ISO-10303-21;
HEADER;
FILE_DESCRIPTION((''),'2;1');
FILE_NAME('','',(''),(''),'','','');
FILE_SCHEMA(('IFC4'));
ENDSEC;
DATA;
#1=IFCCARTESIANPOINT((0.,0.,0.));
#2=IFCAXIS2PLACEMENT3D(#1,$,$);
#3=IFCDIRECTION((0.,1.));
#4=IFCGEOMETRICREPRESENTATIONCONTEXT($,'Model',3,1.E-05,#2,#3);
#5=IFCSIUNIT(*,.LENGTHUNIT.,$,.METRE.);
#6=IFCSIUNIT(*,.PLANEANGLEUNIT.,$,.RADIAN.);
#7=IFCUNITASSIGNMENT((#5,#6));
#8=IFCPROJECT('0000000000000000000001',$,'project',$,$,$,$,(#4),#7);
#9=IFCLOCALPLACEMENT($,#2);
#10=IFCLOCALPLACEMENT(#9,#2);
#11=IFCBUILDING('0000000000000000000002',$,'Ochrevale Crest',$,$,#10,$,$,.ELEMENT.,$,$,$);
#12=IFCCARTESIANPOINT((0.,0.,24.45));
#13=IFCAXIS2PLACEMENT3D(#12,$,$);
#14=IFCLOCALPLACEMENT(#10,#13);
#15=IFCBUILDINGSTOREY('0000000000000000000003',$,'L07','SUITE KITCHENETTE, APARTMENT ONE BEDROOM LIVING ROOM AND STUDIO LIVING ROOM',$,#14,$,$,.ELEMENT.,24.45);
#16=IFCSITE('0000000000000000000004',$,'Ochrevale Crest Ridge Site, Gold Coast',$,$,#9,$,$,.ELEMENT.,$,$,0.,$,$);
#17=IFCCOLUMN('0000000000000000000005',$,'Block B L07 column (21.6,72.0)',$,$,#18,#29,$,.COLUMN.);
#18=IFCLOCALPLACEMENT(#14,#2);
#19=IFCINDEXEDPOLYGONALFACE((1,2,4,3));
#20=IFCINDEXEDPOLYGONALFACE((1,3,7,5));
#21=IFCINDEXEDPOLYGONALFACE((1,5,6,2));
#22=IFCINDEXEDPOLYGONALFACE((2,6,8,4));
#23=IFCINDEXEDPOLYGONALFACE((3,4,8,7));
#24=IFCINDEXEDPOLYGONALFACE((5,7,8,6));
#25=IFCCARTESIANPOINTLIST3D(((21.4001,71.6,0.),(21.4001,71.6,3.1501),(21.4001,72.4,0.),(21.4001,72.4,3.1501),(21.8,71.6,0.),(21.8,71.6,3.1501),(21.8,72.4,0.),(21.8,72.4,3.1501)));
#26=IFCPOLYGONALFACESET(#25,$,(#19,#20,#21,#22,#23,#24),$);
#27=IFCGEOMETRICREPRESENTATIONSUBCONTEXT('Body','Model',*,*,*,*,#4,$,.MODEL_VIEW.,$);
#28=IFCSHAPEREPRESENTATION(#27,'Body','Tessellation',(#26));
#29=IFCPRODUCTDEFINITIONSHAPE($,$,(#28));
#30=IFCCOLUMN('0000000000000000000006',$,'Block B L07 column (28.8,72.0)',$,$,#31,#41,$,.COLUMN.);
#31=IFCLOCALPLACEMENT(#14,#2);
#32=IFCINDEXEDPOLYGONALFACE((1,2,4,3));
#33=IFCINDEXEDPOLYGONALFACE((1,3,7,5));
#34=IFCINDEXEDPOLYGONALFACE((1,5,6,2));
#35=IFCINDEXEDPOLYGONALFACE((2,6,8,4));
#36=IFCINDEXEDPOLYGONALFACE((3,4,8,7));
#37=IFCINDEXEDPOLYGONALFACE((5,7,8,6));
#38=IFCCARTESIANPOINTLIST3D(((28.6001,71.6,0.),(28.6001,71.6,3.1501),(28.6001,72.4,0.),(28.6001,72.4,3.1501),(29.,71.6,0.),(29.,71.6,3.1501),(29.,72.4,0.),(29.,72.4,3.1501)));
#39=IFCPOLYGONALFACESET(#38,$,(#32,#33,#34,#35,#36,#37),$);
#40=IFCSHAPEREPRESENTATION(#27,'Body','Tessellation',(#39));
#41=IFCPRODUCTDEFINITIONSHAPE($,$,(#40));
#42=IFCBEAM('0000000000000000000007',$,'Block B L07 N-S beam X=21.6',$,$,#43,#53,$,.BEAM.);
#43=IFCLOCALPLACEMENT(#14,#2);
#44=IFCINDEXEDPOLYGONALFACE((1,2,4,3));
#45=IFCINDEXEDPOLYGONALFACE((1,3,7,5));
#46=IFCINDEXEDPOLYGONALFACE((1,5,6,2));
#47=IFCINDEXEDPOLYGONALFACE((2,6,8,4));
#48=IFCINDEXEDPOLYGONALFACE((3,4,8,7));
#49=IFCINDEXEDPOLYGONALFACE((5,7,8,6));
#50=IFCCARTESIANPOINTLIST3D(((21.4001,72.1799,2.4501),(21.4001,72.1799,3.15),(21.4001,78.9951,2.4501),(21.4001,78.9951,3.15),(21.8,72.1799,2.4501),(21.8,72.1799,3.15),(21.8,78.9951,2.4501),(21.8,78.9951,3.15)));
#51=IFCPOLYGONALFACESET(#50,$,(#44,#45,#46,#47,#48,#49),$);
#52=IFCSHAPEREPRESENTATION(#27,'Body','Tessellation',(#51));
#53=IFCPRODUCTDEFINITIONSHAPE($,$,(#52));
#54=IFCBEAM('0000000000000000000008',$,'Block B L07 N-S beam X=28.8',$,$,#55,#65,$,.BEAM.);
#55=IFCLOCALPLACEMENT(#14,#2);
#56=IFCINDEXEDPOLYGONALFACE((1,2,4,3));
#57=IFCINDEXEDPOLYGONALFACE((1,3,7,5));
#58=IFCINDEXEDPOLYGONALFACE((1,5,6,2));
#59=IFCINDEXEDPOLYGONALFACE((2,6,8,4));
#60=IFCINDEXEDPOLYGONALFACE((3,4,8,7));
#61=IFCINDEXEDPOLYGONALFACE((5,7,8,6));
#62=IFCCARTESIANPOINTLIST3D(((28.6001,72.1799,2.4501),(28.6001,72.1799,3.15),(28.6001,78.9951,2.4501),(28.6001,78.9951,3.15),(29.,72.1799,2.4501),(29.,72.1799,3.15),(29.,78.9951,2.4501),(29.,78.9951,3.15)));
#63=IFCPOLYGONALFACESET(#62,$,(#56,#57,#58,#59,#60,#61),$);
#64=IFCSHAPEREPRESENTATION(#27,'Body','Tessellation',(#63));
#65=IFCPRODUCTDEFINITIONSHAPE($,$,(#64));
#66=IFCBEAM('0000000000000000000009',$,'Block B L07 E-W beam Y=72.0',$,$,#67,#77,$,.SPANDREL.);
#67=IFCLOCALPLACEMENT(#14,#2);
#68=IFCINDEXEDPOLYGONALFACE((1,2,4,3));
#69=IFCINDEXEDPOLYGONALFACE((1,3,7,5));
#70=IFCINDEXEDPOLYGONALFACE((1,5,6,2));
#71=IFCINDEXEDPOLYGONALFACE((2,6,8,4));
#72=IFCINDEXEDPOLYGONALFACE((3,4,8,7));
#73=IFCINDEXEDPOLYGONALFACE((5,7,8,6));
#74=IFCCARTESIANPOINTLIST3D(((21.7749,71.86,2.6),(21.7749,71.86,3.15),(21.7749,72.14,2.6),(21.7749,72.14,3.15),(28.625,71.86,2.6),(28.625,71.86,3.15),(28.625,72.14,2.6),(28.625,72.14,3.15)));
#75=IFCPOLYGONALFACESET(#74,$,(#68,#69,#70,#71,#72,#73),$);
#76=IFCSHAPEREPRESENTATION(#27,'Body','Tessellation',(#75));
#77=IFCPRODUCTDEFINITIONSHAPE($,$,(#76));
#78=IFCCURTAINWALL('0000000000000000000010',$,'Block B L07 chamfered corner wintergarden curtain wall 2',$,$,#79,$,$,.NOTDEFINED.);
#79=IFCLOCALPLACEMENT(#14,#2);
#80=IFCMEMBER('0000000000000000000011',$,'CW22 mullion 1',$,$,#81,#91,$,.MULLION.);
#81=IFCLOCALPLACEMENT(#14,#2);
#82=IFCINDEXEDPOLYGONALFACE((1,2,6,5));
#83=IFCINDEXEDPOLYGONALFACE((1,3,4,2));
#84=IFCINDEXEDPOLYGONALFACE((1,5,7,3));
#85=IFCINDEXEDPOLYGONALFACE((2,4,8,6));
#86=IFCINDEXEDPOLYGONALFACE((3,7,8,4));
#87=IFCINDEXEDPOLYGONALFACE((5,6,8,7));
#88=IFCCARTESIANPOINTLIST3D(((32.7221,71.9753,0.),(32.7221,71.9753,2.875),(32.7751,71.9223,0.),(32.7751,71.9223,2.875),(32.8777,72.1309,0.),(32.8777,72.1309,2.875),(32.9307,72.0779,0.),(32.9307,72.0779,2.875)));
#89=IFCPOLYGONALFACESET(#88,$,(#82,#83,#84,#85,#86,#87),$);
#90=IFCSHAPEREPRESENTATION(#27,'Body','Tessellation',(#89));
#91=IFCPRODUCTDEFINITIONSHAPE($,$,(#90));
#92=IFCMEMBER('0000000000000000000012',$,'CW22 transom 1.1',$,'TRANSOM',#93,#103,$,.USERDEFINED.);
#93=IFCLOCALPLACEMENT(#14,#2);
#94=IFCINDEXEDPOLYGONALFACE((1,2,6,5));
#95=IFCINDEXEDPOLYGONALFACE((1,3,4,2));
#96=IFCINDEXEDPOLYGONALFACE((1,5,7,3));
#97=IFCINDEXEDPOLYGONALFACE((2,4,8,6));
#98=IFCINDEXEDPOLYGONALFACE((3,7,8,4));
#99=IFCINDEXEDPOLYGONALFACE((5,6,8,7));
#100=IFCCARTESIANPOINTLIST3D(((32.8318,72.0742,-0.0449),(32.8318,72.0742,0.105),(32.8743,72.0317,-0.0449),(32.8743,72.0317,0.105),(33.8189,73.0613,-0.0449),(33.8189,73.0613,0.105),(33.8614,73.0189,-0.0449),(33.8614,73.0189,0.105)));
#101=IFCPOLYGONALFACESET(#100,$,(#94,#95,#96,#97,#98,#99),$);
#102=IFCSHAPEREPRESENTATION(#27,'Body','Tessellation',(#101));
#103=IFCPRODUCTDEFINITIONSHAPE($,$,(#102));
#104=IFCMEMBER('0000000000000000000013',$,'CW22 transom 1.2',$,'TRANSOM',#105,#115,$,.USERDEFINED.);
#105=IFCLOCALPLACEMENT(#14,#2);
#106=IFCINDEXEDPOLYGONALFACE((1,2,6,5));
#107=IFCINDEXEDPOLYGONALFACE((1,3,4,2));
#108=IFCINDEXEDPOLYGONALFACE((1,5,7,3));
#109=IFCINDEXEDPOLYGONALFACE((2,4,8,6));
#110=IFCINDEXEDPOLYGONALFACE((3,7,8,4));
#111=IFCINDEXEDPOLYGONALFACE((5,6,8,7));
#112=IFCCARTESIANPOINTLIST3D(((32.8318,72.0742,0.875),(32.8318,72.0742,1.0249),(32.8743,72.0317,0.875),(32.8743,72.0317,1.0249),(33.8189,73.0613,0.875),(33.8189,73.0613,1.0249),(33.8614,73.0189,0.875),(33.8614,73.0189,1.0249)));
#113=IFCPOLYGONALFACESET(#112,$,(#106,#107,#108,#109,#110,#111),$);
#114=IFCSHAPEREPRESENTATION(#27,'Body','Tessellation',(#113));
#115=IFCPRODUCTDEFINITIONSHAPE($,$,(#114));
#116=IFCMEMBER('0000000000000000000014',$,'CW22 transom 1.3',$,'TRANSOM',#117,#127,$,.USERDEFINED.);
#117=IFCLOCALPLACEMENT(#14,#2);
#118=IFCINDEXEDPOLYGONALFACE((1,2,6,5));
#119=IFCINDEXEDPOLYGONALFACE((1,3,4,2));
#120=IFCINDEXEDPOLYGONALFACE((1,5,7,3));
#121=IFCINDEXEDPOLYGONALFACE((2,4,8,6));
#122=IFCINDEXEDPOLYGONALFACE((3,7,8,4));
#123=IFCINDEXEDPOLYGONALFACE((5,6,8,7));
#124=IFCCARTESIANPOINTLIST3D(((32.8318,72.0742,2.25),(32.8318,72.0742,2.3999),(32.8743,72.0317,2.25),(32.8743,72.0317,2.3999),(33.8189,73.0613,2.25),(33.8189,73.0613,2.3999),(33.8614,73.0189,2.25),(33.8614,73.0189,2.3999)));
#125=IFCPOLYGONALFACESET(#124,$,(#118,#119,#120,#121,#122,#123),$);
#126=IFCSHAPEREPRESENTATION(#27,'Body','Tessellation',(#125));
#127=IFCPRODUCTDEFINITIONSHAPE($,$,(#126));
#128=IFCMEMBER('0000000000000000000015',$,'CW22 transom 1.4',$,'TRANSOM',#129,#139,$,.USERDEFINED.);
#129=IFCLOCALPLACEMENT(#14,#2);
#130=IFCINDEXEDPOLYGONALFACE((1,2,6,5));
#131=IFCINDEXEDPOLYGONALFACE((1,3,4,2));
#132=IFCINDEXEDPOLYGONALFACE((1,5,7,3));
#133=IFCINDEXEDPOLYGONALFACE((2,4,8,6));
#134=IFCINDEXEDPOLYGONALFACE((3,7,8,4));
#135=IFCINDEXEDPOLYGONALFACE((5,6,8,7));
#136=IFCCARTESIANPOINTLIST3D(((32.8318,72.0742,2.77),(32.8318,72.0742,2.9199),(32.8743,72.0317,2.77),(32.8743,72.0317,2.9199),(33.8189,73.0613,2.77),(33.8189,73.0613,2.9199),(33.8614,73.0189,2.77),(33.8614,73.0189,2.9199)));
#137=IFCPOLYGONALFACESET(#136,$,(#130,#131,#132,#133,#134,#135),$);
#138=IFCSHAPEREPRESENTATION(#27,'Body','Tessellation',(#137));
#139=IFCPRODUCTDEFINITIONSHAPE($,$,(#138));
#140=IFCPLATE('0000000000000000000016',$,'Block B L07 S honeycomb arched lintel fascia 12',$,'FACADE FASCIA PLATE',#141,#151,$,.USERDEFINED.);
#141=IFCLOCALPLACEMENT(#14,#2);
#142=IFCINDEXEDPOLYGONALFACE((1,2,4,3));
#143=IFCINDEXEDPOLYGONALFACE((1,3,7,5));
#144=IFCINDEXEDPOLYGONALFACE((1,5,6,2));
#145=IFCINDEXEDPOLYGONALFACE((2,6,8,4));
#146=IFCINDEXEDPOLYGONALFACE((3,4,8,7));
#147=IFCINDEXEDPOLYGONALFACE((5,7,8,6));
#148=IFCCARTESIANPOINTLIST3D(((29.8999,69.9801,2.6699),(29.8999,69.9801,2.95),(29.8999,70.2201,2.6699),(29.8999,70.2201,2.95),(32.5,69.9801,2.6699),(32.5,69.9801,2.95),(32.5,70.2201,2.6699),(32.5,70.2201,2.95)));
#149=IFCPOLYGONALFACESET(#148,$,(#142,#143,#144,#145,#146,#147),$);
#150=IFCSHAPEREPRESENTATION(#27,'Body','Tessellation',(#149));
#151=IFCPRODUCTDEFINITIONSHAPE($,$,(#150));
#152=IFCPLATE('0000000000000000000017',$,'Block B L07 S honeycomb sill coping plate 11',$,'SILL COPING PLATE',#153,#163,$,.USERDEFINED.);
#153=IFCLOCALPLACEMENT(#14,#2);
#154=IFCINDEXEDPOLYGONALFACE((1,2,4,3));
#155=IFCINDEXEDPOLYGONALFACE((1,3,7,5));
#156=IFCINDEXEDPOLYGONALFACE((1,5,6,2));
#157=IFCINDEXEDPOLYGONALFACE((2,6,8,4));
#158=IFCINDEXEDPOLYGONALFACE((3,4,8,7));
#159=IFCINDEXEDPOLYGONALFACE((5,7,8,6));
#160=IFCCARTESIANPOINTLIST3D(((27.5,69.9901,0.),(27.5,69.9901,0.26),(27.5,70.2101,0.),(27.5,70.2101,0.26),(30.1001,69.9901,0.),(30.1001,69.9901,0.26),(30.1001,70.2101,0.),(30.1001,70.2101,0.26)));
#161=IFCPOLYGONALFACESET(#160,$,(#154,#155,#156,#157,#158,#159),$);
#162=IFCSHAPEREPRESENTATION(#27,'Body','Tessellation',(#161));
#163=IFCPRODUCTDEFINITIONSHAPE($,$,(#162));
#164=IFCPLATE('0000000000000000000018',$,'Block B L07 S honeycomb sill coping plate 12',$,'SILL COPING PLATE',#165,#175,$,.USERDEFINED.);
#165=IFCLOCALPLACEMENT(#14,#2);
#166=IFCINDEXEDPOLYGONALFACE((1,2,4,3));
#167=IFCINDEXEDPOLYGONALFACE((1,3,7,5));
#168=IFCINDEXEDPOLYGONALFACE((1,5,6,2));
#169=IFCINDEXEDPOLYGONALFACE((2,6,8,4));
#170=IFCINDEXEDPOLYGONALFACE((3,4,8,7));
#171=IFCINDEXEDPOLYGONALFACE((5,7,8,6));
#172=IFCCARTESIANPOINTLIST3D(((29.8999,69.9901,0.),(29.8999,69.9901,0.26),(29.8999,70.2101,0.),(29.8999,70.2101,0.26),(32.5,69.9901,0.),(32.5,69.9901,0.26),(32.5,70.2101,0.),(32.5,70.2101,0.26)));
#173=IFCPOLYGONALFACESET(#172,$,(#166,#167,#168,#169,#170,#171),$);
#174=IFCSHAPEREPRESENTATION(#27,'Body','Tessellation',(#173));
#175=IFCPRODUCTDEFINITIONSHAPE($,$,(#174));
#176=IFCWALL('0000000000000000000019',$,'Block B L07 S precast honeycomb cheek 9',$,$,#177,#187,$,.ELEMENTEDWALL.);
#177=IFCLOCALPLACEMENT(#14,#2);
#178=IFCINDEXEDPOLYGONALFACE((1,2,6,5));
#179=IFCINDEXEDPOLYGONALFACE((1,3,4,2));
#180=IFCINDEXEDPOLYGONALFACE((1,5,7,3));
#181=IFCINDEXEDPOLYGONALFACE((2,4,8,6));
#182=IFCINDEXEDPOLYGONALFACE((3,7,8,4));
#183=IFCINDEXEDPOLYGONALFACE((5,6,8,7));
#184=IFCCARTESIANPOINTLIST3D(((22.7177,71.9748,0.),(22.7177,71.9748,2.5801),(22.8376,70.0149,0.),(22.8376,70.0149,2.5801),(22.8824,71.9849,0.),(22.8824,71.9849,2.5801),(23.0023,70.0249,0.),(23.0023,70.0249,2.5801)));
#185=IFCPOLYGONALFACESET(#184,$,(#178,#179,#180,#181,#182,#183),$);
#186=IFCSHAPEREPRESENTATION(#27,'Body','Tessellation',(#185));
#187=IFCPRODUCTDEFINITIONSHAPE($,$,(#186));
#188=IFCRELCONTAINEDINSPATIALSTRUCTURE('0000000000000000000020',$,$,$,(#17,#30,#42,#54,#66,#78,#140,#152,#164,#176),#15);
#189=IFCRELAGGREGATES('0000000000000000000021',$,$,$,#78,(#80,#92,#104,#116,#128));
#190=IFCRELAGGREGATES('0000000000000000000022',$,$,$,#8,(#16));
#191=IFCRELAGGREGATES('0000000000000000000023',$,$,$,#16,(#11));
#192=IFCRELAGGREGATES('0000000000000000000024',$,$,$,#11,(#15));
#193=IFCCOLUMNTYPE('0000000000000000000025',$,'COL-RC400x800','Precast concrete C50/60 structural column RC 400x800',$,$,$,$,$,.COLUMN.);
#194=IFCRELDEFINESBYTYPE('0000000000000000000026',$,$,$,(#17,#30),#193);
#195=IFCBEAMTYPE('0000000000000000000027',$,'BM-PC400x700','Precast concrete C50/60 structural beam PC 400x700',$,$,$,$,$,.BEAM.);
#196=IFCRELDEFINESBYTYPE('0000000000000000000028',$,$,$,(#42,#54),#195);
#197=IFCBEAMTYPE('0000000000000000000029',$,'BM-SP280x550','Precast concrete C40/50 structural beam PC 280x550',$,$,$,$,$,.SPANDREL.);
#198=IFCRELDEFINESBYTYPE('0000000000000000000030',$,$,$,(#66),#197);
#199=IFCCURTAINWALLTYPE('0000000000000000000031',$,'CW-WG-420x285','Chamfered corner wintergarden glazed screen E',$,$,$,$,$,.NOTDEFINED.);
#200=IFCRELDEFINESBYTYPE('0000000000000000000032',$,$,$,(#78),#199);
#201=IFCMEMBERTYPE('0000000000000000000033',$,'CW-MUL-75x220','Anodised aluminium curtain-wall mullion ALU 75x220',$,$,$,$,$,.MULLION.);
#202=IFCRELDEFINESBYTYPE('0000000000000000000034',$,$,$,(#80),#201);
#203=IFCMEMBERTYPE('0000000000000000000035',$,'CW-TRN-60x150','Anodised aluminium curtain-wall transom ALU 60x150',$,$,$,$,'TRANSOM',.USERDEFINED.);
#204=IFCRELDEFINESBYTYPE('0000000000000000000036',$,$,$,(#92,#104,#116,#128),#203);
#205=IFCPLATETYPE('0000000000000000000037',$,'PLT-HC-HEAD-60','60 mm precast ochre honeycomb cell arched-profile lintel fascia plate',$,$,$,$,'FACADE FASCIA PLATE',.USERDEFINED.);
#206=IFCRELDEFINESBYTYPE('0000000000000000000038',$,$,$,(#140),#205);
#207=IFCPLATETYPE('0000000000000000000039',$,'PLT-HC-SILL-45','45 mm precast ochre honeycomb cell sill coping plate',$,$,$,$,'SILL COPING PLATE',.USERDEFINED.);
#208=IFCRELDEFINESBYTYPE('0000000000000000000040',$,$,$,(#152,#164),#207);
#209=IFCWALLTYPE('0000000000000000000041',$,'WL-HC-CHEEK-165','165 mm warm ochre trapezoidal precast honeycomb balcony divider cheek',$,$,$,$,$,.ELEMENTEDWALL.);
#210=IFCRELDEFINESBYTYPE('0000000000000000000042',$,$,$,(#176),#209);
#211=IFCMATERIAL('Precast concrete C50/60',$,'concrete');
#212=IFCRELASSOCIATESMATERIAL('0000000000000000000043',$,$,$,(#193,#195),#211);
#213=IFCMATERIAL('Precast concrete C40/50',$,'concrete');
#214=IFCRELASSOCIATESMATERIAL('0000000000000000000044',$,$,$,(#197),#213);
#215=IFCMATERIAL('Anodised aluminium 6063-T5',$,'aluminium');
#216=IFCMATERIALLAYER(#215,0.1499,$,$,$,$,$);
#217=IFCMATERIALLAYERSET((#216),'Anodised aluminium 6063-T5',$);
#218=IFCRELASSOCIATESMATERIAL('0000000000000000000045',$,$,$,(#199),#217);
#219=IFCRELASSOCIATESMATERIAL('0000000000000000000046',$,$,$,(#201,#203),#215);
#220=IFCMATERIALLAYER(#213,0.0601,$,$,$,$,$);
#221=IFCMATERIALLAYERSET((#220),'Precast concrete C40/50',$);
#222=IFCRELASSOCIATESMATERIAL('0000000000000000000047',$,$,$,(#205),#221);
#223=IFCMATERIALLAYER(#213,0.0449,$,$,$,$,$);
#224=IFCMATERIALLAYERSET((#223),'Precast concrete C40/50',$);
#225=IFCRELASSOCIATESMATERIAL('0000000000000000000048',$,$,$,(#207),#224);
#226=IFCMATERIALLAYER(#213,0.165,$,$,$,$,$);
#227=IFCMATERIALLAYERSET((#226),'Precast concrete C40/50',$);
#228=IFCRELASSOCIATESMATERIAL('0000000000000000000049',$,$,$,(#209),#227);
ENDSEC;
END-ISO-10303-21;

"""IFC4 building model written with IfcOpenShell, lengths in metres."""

from ifc_helpers import new_model, si_unit, direction, frame, frame_2d, origin, origin_2d, place, context, subcontext, project, spatial, rectangle, extrude, material, layer, layer_set, material_profile, profile_set, type_object, element, aggregate, save


model = new_model("IFC4")

# Units and contexts
model_context = context("Model", 3, precision=1e-05, world=origin(), true_north=direction((0.0, 1.0)))
body_context = subcontext(model_context, "Body", "Model", "MODEL_VIEW")
ifc_project = project(units=[si_unit("LENGTHUNIT", "METRE"), si_unit("PLANEANGLEUNIT", "RADIAN")], contexts=[model_context])

# Site, building, storey
site_placement = place(None, origin())
site = spatial("IfcSite", under=ifc_project, at=site_placement, Name="Ochrevale Crest Ridge Site, Gold Coast", CompositionType="ELEMENT", RefElevation=0.0)
building_placement = place(site_placement, origin())
building = spatial("IfcBuilding", under=site, at=building_placement, Name="Ochrevale Crest", CompositionType="ELEMENT")
storey_placement = place(building_placement, frame((0.0, 0.0, 24.45)))
storey = spatial("IfcBuildingStorey", under=building, at=storey_placement, Name="L07", Description="SUITE KITCHENETTE, APARTMENT ONE BEDROOM LIVING ROOM AND STUDIO LIVING ROOM", CompositionType="ELEMENT", Elevation=24.45)

# Columns
ifc_material_1 = material(Name="Precast concrete C50/60", Category="concrete")
ifc_material_profile_1 = material_profile(ifc_material_1, rectangle(XDim=0.3999, YDim=0.8, at=origin_2d()), Name="RC 400x800")
ifc_profile_set_1 = profile_set([ifc_material_profile_1], Name="Precast concrete C50/60")
column_type = type_object("IfcColumnType", Name="COL-RC400x800", Description="Precast concrete C50/60 structural column RC 400x800", PredefinedType="COLUMN", material=ifc_profile_set_1)
for number, where, z_axis, x_axis, name in (
    (1, (21.6001, 72.0, 0.0), (0.0, 0.0, 1.0), (1.0, 0.0, 0.0), "Block B L07 column (21.6,72.0)"),
    (2, (28.8, 72.0, 0.0), (0.0, 0.0, 1.0), (1.0, 0.0, 0.0), "Block B L07 column (28.8,72.0)"),
):
    element("IfcColumn", number, at=place(storey_placement, frame(where, z_axis=z_axis, x_axis=x_axis)), inside=storey, type_object=column_type, Name=name, PredefinedType="COLUMN", context=body_context, shape_type="SweptSolid", body=[
        extrude(rectangle(XDim=0.3999, YDim=0.8, at=origin_2d()), origin(), (0.0, 0.0, 1.0), 3.1501),
    ])

# Beams
ifc_material_profile_2 = material_profile(ifc_material_1, rectangle(XDim=0.3999, YDim=0.7, at=origin_2d()), Name="PC 400x700")
ifc_profile_set_2 = profile_set([ifc_material_profile_2], Name="Precast concrete C50/60")
beam_type_1 = type_object("IfcBeamType", Name="BM-PC400x700", Description="Precast concrete C50/60 structural beam PC 400x700", PredefinedType="BEAM", material=ifc_profile_set_2)
for number, where, z_axis, x_axis, name in (
    (3, (21.6001, 72.1799, 2.8), (0.0, 1.0, 0.0), (-1.0, 0.0, 0.0), "Block B L07 N-S beam X=21.6"),
    (4, (28.8, 72.1799, 2.8), (0.0, 1.0, 0.0), (-1.0, 0.0, 0.0), "Block B L07 N-S beam X=28.8"),
):
    element("IfcBeam", number, at=place(storey_placement, frame(where, z_axis=z_axis, x_axis=x_axis)), inside=storey, type_object=beam_type_1, Name=name, PredefinedType="BEAM", context=body_context, shape_type="SweptSolid", body=[
        extrude(rectangle(XDim=0.3999, YDim=0.7, at=origin_2d()), origin(), (0.0, 0.0, 1.0), 6.8152),
    ])
ifc_material_2 = material(Name="Precast concrete C40/50", Category="concrete")
ifc_material_profile_3 = material_profile(ifc_material_2, rectangle(XDim=0.28, YDim=0.55, at=origin_2d()), Name="PC 280x550")
ifc_profile_set_3 = profile_set([ifc_material_profile_3], Name="Precast concrete C40/50")
beam_type_2 = type_object("IfcBeamType", Name="BM-SP280x550", Description="Precast concrete C40/50 structural beam PC 280x550", PredefinedType="SPANDREL", material=ifc_profile_set_3)
beam_placement = place(storey_placement, frame((21.7749, 72.0, 2.875), z_axis=(1.0, 0.0, 0.0), x_axis=(0.0, 1.0, 0.0)))
element("IfcBeam", 5, at=beam_placement, inside=storey, type_object=beam_type_2, Name="Block B L07 E-W beam Y=72.0", PredefinedType="SPANDREL", context=body_context, shape_type="SweptSolid", body=[
    extrude(rectangle(XDim=0.28, YDim=0.55, at=origin_2d()), origin(), (0.0, 0.0, 1.0), 6.8501),
])

# Curtain wall, members
ifc_material_3 = material(Name="Anodised aluminium 6063-T5", Category="aluminium")
ifc_layer_1 = layer(ifc_material_3, 0.1499)
ifc_layer_set_1 = layer_set([ifc_layer_1], Name="Anodised aluminium 6063-T5")
curtain_wall_type = type_object("IfcCurtainWallType", Name="CW-WG-420x285", Description="Chamfered corner wintergarden glazed screen E", PredefinedType="NOTDEFINED", material=ifc_layer_set_1)
curtain_wall_placement = place(storey_placement, origin())
curtain_wall = element("IfcCurtainWall", 6, at=curtain_wall_placement, inside=storey, type_object=curtain_wall_type, Name="Block B L07 chamfered corner wintergarden curtain wall 2", PredefinedType="NOTDEFINED")
ifc_material_profile_4 = material_profile(ifc_material_3, rectangle(XDim=0.075, YDim=0.22, at=origin_2d()), Name="ALU 75x220")
ifc_profile_set_4 = profile_set([ifc_material_profile_4], Name="Anodised aluminium 6063-T5")
member_type_1 = type_object("IfcMemberType", Name="CW-MUL-75x220", Description="Anodised aluminium curtain-wall mullion ALU 75x220", PredefinedType="MULLION", material=ifc_profile_set_4)
member_1_placement = place(storey_placement, frame((32.8264, 72.0266, 0.0), z_axis=(0.0, 0.0, 1.0), x_axis=(-0.707107, 0.707107, 0.0)))
member_1 = element("IfcMember", 7, at=member_1_placement, type_object=member_type_1, Name="CW22 mullion 1", PredefinedType="MULLION", context=body_context, shape_type="SweptSolid", body=[
    extrude(rectangle(XDim=0.075, YDim=0.22, at=origin_2d()), origin(), (0.0, 0.0, 1.0), 2.875),
])
ifc_material_profile_5 = material_profile(ifc_material_3, rectangle(XDim=0.0601, YDim=0.1499, at=origin_2d()), Name="ALU 60x150")
ifc_profile_set_5 = profile_set([ifc_material_profile_5], Name="Anodised aluminium 6063-T5")
member_type_2 = type_object("IfcMemberType", Name="CW-TRN-60x150", Description="Anodised aluminium curtain-wall transom ALU 60x150", ElementType="TRANSOM", PredefinedType="USERDEFINED", material=ifc_profile_set_5)
member_2_placement = place(storey_placement, frame((32.853, 72.053, 0.03), z_axis=(0.707107, 0.707107, 0.0), x_axis=(-0.707107, 0.707107, 0.0)))
member_2 = element("IfcMember", 8, at=member_2_placement, type_object=member_type_2, Name="CW22 transom 1.1", ObjectType="TRANSOM", PredefinedType="USERDEFINED", context=body_context, shape_type="SweptSolid", body=[
    extrude(rectangle(XDim=0.0601, YDim=0.1499, at=origin_2d()), origin(), (0.0, 0.0, 1.0), 1.396),
])
member_3_placement = place(storey_placement, frame((32.853, 72.053, 0.95), z_axis=(0.707107, 0.707107, 0.0), x_axis=(-0.707107, 0.707107, 0.0)))
member_3 = element("IfcMember", 9, at=member_3_placement, type_object=member_type_2, Name="CW22 transom 1.2", ObjectType="TRANSOM", PredefinedType="USERDEFINED", context=body_context, shape_type="SweptSolid", body=[
    extrude(rectangle(XDim=0.0601, YDim=0.1499, at=origin_2d()), origin(), (0.0, 0.0, 1.0), 1.396),
])
member_4_placement = place(storey_placement, frame((32.853, 72.053, 2.325), z_axis=(0.707107, 0.707107, 0.0), x_axis=(-0.707107, 0.707107, 0.0)))
member_4 = element("IfcMember", 10, at=member_4_placement, type_object=member_type_2, Name="CW22 transom 1.3", ObjectType="TRANSOM", PredefinedType="USERDEFINED", context=body_context, shape_type="SweptSolid", body=[
    extrude(rectangle(XDim=0.0601, YDim=0.1499, at=origin_2d()), origin(), (0.0, 0.0, 1.0), 1.396),
])
member_5_placement = place(storey_placement, frame((32.853, 72.053, 2.845), z_axis=(0.707107, 0.707107, 0.0), x_axis=(-0.707107, 0.707107, 0.0)))
member_5 = element("IfcMember", 11, at=member_5_placement, type_object=member_type_2, Name="CW22 transom 1.4", ObjectType="TRANSOM", PredefinedType="USERDEFINED", context=body_context, shape_type="SweptSolid", body=[
    extrude(rectangle(XDim=0.0601, YDim=0.1499, at=origin_2d()), origin(), (0.0, 0.0, 1.0), 1.396),
])
aggregate(curtain_wall, [member_1, member_2, member_3, member_4, member_5])

# Plates
ifc_layer_2 = layer(ifc_material_2, 0.0601)
ifc_layer_set_2 = layer_set([ifc_layer_2], Name="Precast concrete C40/50")
plate_type_1 = type_object("IfcPlateType", Name="PLT-HC-HEAD-60", Description="60 mm precast ochre honeycomb cell arched-profile lintel fascia plate", ElementType="FACADE FASCIA PLATE", PredefinedType="USERDEFINED", material=ifc_layer_set_2)
plate_placement = place(storey_placement, frame((31.2, 70.1001, 2.6699), z_axis=(0.0, 0.0, 1.0), x_axis=(1.0, 0.0, 0.0)))
element("IfcPlate", 12, at=plate_placement, inside=storey, type_object=plate_type_1, Name="Block B L07 S honeycomb arched lintel fascia 12", ObjectType="FACADE FASCIA PLATE", PredefinedType="USERDEFINED", context=body_context, shape_type="SweptSolid", body=[
    extrude(rectangle(XDim=2.6001, YDim=0.24, at=origin_2d()), origin(), (0.0, 0.0, 1.0), 0.28),
])
ifc_layer_3 = layer(ifc_material_2, 0.0449)
ifc_layer_set_3 = layer_set([ifc_layer_3], Name="Precast concrete C40/50")
plate_type_2 = type_object("IfcPlateType", Name="PLT-HC-SILL-45", Description="45 mm precast ochre honeycomb cell sill coping plate", ElementType="SILL COPING PLATE", PredefinedType="USERDEFINED", material=ifc_layer_set_3)
for number, where, z_axis, x_axis, name in (
    (13, (28.8, 70.1001, 0.0), (0.0, 0.0, 1.0), (1.0, 0.0, 0.0), "Block B L07 S honeycomb sill coping plate 11"),
    (14, (31.2, 70.1001, 0.0), (0.0, 0.0, 1.0), (1.0, 0.0, 0.0), "Block B L07 S honeycomb sill coping plate 12"),
):
    element("IfcPlate", number, at=place(storey_placement, frame(where, z_axis=z_axis, x_axis=x_axis)), inside=storey, type_object=plate_type_2, Name=name, ObjectType="SILL COPING PLATE", PredefinedType="USERDEFINED", context=body_context, shape_type="SweptSolid", body=[
        extrude(rectangle(XDim=2.6001, YDim=0.22, at=origin_2d()), origin(), (0.0, 0.0, 1.0), 0.26),
    ])

# Wall
ifc_layer_4 = layer(ifc_material_2, 0.165)
ifc_layer_set_4 = layer_set([ifc_layer_4], Name="Precast concrete C40/50")
wall_type_1 = type_object("IfcWallType", Name="WL-HC-CHEEK-165", Description="165 mm warm ochre trapezoidal precast honeycomb balcony divider cheek", PredefinedType="ELEMENTEDWALL", material=ifc_layer_set_4)
for number, where, z_axis, x_axis, name in (
    (15, (22.8, 71.98, 0.0), (0.0, 0.0, 1.0), (0.061047, -0.998135, 0.0), "Block B L07 S precast honeycomb cheek 9"),
):
    element("IfcWall", number, at=place(storey_placement, frame(where, z_axis=z_axis, x_axis=x_axis)), inside=storey, type_object=wall_type_1, Name=name, PredefinedType="ELEMENTEDWALL", context=body_context, shape_type="SweptSolid", body=[
        extrude(rectangle(XDim=1.9636, YDim=0.165, at=frame_2d((0.9819, 0.0))), origin(), (0.0, 0.0, 1.0), 2.5801),
    ])

save(model, "model.ifc")
